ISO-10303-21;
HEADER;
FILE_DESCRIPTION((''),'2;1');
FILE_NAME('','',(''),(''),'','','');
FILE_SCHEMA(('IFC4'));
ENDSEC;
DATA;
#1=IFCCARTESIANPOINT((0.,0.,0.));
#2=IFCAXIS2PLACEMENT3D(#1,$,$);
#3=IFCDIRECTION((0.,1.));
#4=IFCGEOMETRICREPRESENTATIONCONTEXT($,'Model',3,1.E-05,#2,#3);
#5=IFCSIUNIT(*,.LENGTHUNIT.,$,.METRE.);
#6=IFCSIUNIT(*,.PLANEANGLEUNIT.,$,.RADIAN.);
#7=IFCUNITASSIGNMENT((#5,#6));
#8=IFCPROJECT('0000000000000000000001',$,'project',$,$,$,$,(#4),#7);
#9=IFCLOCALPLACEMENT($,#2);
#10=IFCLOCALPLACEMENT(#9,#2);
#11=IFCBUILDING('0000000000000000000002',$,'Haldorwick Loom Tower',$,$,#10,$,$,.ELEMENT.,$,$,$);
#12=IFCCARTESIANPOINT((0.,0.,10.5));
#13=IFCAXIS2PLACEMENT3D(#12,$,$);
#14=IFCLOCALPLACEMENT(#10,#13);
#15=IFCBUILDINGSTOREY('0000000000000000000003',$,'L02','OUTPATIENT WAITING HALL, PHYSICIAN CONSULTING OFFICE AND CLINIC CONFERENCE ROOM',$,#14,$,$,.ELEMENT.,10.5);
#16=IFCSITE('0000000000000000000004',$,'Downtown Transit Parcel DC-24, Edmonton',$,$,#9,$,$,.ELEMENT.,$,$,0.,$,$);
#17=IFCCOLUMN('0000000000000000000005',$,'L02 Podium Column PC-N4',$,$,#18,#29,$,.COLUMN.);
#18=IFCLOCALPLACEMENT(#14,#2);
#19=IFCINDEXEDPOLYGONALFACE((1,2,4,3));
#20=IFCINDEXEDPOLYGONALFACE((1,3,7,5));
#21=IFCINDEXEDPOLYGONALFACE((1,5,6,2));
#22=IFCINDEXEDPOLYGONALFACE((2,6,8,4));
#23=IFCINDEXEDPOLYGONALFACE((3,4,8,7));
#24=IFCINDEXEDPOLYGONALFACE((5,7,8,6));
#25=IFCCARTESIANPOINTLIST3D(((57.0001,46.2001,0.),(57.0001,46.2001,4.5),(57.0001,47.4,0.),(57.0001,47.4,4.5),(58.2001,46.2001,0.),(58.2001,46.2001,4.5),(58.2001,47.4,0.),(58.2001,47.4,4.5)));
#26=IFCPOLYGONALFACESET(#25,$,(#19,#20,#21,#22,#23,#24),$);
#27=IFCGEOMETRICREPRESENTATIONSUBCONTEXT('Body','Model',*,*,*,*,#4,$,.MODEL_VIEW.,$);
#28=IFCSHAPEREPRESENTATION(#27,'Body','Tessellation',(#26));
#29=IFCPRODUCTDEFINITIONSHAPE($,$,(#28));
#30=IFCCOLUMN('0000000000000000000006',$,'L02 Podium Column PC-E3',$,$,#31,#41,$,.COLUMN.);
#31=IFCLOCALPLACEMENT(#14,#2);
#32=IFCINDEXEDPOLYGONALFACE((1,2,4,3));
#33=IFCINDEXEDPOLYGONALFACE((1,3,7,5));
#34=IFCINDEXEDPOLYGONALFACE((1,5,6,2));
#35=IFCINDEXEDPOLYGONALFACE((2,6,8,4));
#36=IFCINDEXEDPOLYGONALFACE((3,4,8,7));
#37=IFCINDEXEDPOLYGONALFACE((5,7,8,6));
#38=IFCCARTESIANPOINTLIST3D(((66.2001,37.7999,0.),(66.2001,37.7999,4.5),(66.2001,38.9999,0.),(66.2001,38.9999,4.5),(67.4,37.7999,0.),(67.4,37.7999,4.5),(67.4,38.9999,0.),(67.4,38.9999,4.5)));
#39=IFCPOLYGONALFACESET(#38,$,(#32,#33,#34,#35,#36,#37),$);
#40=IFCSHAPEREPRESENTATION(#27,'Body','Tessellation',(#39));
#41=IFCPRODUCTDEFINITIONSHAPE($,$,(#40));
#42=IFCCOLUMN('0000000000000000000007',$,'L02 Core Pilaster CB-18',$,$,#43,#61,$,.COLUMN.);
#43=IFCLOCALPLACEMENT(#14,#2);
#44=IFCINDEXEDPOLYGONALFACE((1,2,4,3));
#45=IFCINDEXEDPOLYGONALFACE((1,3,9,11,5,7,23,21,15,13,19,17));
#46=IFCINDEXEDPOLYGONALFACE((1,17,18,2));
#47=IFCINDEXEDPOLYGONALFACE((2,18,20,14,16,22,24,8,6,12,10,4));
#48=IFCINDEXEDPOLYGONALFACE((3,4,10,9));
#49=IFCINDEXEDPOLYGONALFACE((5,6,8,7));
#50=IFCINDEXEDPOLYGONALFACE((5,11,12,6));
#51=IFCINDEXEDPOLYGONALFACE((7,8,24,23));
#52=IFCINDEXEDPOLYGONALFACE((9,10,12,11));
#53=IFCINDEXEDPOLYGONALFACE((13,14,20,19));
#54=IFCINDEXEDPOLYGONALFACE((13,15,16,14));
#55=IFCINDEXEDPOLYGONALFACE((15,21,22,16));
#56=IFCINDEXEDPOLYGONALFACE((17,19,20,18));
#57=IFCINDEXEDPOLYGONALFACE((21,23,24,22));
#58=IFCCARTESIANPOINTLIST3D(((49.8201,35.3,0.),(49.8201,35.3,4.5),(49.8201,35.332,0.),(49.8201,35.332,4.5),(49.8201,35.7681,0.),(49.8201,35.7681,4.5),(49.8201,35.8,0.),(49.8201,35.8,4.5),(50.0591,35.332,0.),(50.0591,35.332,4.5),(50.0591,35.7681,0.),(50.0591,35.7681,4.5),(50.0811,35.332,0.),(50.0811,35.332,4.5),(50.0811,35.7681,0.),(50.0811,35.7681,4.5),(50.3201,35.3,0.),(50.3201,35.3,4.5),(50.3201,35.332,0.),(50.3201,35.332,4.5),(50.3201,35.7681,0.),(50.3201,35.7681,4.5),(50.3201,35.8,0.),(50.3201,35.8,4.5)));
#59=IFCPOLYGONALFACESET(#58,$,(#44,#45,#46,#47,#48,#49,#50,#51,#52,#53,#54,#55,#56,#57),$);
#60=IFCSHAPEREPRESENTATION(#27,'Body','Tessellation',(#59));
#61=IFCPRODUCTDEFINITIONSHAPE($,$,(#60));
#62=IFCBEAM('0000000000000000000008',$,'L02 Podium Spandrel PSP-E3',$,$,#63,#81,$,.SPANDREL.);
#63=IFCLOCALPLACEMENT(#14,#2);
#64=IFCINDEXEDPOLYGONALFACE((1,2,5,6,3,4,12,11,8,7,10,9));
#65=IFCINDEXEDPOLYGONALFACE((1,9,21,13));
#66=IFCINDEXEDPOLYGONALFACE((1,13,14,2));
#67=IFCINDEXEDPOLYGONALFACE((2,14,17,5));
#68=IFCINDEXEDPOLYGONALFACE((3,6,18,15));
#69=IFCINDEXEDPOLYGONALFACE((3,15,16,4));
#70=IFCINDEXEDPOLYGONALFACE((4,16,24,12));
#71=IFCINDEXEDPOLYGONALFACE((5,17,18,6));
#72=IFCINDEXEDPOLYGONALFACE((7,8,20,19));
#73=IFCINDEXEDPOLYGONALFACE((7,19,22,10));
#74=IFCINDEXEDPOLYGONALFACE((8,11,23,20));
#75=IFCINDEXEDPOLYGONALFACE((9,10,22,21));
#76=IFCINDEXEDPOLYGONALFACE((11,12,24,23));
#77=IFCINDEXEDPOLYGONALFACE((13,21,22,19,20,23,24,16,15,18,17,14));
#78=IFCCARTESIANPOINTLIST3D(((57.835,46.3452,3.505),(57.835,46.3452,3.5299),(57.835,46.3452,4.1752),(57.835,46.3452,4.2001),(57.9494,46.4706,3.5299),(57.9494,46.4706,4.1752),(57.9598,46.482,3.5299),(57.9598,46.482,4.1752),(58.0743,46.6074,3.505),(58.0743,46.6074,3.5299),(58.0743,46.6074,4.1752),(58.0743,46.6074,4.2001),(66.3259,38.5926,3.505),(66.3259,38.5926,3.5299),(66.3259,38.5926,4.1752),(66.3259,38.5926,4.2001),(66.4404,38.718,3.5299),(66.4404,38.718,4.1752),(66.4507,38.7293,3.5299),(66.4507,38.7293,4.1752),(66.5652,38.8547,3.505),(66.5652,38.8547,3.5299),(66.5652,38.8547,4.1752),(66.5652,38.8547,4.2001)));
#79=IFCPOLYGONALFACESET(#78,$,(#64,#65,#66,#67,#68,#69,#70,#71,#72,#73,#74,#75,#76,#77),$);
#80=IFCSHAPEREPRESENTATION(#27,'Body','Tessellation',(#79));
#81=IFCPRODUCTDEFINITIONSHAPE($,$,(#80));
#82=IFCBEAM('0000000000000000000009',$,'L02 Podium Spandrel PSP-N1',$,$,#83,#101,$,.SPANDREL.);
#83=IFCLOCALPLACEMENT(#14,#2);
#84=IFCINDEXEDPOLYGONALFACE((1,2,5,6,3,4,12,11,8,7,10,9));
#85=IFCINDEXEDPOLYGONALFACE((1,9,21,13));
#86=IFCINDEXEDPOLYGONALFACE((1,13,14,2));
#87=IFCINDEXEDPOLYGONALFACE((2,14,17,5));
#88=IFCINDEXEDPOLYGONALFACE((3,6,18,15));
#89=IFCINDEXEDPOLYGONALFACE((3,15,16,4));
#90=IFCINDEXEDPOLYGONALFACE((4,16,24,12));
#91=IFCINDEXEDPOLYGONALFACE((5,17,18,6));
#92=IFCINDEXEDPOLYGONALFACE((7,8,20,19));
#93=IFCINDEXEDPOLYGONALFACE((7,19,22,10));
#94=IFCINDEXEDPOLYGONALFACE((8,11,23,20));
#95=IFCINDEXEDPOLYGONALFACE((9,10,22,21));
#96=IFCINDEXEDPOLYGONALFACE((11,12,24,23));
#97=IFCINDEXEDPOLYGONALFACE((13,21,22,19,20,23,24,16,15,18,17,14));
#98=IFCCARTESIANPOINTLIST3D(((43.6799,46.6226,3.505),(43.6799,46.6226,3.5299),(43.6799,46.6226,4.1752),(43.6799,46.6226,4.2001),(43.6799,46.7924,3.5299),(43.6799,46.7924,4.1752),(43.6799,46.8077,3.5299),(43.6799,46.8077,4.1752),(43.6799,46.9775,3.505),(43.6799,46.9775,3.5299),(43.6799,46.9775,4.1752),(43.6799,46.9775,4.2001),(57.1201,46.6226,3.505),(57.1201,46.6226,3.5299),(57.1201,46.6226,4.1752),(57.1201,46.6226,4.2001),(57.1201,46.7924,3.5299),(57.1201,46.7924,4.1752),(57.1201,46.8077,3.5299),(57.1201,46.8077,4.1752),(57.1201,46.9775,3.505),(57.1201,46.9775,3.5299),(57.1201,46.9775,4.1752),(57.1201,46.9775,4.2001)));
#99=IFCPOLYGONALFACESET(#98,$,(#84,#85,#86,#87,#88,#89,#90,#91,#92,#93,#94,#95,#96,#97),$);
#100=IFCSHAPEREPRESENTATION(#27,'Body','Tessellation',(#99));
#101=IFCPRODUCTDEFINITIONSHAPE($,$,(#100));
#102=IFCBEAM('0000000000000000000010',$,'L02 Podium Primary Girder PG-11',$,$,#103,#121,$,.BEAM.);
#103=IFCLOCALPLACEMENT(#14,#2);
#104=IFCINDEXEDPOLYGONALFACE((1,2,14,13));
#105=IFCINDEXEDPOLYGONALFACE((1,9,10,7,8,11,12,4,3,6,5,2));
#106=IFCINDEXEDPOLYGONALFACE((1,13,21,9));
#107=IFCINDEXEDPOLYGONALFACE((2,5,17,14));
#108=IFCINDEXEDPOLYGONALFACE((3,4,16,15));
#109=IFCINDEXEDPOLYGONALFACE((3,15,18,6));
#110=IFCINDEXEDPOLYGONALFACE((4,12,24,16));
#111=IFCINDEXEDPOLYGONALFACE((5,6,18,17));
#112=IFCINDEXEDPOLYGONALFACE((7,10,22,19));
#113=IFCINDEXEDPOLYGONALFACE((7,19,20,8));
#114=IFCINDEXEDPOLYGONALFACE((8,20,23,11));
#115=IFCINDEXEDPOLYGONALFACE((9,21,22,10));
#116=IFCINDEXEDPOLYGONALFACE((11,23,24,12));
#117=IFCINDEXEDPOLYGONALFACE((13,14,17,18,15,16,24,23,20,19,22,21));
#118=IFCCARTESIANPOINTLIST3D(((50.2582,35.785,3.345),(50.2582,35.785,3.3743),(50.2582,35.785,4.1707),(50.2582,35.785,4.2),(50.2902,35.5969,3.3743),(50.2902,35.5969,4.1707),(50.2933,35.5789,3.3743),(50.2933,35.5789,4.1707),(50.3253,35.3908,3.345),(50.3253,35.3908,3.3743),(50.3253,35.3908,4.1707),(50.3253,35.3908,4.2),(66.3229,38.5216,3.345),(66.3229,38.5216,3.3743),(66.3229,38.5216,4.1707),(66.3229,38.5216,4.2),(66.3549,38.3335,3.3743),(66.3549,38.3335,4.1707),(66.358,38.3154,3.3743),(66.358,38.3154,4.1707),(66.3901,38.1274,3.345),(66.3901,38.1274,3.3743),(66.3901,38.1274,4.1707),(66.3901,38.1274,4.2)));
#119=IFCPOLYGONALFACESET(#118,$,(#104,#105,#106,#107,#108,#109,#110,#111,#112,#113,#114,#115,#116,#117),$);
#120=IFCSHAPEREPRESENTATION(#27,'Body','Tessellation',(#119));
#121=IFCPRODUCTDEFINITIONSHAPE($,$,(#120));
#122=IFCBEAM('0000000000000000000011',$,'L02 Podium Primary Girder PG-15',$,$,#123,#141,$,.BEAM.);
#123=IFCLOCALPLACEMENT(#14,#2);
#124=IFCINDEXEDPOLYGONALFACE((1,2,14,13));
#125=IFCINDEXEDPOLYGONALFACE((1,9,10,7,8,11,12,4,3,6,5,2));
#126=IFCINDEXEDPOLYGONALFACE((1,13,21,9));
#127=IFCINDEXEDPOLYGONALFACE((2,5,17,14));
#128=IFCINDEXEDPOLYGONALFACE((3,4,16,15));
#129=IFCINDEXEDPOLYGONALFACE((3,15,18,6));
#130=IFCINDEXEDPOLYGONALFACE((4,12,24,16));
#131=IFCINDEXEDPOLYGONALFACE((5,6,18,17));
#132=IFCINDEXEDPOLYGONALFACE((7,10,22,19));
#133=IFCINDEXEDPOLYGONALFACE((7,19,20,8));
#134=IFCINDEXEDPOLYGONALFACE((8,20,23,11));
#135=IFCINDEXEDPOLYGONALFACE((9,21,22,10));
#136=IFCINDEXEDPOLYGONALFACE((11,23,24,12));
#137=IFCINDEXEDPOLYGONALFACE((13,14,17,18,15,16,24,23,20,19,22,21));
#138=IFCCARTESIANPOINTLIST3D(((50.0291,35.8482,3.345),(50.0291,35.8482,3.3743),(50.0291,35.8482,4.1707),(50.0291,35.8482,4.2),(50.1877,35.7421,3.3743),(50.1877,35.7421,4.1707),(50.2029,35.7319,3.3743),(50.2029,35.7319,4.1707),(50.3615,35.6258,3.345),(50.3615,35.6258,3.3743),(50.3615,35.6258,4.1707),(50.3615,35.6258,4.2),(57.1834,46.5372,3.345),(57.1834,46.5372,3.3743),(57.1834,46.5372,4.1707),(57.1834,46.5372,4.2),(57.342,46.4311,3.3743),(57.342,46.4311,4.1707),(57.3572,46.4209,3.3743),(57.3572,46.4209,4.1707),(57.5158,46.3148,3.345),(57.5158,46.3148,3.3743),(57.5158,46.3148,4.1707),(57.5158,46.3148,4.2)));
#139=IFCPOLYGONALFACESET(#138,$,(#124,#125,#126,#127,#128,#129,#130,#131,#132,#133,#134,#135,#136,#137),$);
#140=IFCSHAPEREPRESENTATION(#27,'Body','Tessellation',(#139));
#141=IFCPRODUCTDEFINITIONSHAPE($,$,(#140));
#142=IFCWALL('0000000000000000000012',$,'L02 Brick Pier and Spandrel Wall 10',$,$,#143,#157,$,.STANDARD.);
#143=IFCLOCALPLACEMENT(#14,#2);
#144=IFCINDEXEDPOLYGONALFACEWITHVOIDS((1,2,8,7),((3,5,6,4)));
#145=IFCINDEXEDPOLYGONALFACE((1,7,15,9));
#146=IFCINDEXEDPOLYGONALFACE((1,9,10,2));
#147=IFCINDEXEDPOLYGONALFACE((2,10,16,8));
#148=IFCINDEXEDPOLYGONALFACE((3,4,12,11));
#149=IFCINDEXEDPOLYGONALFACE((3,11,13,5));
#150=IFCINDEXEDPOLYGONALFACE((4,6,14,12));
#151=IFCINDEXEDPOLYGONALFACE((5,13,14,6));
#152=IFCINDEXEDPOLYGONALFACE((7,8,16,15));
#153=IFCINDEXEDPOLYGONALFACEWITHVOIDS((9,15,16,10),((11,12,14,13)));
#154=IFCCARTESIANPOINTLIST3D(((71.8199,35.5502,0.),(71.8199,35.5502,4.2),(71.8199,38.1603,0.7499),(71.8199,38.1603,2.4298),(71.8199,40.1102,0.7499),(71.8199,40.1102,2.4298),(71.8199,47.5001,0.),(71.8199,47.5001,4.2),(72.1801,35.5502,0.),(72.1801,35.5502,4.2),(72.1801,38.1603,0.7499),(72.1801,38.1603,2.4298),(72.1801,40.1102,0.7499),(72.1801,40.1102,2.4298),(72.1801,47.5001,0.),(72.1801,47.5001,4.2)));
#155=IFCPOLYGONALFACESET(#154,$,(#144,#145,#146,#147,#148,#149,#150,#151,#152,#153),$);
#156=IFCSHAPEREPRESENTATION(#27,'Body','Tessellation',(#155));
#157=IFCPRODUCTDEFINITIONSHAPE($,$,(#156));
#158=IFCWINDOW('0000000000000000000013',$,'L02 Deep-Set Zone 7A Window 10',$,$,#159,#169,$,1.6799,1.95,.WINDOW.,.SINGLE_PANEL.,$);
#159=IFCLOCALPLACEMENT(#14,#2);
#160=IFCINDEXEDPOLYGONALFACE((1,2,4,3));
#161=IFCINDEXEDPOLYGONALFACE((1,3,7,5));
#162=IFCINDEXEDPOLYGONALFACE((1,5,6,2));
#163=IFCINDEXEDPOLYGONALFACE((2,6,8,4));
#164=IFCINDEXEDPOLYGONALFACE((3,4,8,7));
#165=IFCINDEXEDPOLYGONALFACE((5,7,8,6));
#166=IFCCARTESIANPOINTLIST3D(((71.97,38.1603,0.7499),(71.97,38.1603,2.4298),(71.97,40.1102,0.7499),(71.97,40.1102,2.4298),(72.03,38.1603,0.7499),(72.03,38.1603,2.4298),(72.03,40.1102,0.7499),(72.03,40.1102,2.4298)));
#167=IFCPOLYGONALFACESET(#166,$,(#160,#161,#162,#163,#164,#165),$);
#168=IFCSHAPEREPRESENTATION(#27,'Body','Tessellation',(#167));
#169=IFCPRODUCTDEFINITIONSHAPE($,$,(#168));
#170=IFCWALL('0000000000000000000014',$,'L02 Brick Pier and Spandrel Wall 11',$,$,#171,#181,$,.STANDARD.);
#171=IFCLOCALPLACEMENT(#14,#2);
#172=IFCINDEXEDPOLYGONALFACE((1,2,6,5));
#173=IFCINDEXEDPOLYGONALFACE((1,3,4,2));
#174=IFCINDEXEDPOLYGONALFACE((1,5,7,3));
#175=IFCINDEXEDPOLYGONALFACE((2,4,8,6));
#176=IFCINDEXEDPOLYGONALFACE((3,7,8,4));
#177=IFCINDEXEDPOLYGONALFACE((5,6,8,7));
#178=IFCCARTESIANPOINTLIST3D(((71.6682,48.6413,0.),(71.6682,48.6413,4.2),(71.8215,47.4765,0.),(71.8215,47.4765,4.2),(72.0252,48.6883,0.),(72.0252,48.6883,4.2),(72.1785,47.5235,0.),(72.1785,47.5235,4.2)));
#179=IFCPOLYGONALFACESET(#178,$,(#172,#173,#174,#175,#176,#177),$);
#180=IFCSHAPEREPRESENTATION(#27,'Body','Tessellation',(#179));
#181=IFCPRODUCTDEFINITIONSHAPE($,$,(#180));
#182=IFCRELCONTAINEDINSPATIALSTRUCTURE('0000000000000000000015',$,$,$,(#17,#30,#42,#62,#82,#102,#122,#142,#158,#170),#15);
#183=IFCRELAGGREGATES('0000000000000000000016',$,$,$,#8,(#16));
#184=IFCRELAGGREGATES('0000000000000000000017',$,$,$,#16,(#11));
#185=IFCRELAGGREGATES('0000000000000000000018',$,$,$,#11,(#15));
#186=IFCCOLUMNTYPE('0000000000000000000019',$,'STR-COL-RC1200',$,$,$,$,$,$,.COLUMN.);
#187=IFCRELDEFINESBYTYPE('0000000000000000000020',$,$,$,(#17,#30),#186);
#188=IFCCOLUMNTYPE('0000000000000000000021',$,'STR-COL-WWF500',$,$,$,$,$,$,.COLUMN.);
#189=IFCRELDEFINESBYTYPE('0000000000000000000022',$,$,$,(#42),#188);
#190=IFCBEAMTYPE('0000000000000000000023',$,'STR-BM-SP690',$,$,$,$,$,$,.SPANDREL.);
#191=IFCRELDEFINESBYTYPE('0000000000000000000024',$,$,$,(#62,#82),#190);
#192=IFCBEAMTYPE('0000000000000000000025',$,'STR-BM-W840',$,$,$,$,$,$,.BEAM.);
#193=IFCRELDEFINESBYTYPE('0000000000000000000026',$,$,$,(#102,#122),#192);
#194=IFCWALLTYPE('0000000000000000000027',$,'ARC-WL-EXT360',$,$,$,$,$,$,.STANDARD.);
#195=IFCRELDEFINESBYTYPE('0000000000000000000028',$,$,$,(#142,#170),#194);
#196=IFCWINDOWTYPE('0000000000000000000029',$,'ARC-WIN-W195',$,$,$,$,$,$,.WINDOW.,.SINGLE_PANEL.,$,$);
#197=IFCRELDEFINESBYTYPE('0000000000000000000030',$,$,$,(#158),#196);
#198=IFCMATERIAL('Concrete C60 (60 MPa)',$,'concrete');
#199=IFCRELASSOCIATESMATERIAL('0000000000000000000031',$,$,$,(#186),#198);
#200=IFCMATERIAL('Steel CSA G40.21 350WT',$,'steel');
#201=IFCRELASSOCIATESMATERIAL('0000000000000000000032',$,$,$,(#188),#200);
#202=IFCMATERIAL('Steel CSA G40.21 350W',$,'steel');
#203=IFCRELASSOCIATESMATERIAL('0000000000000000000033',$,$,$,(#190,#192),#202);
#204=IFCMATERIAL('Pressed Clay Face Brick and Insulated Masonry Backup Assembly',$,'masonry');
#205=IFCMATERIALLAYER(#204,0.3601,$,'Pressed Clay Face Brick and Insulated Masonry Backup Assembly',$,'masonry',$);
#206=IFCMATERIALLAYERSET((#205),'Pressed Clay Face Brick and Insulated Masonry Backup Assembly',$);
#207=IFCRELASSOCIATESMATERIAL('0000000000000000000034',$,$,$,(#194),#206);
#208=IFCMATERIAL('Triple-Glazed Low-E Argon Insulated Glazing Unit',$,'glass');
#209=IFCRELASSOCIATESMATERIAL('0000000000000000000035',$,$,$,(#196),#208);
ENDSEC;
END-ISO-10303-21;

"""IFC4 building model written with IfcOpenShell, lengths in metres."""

from ifc_helpers import new_model, si_unit, direction, frame, frame_2d, origin, origin_2d, place, context, subcontext, project, spatial, rectangle, i_section, extrude, material, layer, layer_set, material_profile, profile_set, type_object, element, fill, save


model = new_model("IFC4")

# Units and contexts
model_context = context("Model", 3, precision=1e-05, world=origin(), true_north=direction((0.0, 1.0)))
body_context = subcontext(model_context, "Body", "Model", "MODEL_VIEW")
ifc_project = project(units=[si_unit("LENGTHUNIT", "METRE"), si_unit("PLANEANGLEUNIT", "RADIAN")], contexts=[model_context])

# Site, building, storey
site_placement = place(None, origin())
site = spatial("IfcSite", under=ifc_project, at=site_placement, Name="Downtown Transit Parcel DC-24, Edmonton", CompositionType="ELEMENT", RefElevation=0.0)
building_placement = place(site_placement, origin())
building = spatial("IfcBuilding", under=site, at=building_placement, Name="Haldorwick Loom Tower", CompositionType="ELEMENT")
storey_placement = place(building_placement, frame((0.0, 0.0, 10.5)))
storey = spatial("IfcBuildingStorey", under=building, at=storey_placement, Name="L02", Description="OUTPATIENT WAITING HALL, PHYSICIAN CONSULTING OFFICE AND CLINIC CONFERENCE ROOM", CompositionType="ELEMENT", Elevation=10.5)

# Columns
ifc_material_1 = material(Name="Concrete C60 (60 MPa)", Category="concrete")
ifc_material_profile_1 = material_profile(ifc_material_1, rectangle(XDim=1.2, YDim=1.2, at=origin_2d()), Name="RC1200X1200", Category="concrete")
ifc_profile_set_1 = profile_set([ifc_material_profile_1], Name="Concrete C60 (60 MPa)")
column_type_1 = type_object("IfcColumnType", Name="STR-COL-RC1200", PredefinedType="COLUMN", material=ifc_profile_set_1)
for number, where, z_axis, x_axis, name in (
    (1, (57.6001, 46.8, 0.0), (0.0, 0.0, 1.0), (1.0, 0.0, 0.0), "L02 Podium Column PC-N4"),
    (2, (66.8, 38.3999, 0.0), (0.0, 0.0, 1.0), (1.0, 0.0, 0.0), "L02 Podium Column PC-E3"),
):
    element("IfcColumn", number, at=place(storey_placement, frame(where, z_axis=z_axis, x_axis=x_axis)), inside=storey, type_object=column_type_1, Name=name, PredefinedType="COLUMN", context=body_context, shape_type="SweptSolid", body=[
        extrude(rectangle(XDim=1.2, YDim=1.2, at=origin_2d()), origin(), (0.0, 0.0, 1.0), 4.5),
    ])
ifc_material_2 = material(Name="Steel CSA G40.21 350WT", Category="steel")
ifc_material_profile_2 = material_profile(ifc_material_2, i_section(OverallWidth=0.5, OverallDepth=0.5, WebThickness=0.022, FlangeThickness=0.032, at=origin_2d()), Name="WWF500X500", Category="steel")
ifc_profile_set_2 = profile_set([ifc_material_profile_2], Name="Steel CSA G40.21 350WT")
column_type_2 = type_object("IfcColumnType", Name="STR-COL-WWF500", PredefinedType="COLUMN", material=ifc_profile_set_2)
column_placement = place(storey_placement, frame((50.0701, 35.55, 0.0), z_axis=(0.0, 0.0, 1.0), x_axis=(1.0, 0.0, 0.0)))
element("IfcColumn", 3, at=column_placement, inside=storey, type_object=column_type_2, Name="L02 Core Pilaster CB-18", PredefinedType="COLUMN", context=body_context, shape_type="SweptSolid", body=[
    extrude(i_section(OverallWidth=0.5, OverallDepth=0.5, WebThickness=0.022, FlangeThickness=0.032, at=origin_2d()), origin(), (0.0, 0.0, 1.0), 4.5),
])

# Beams
ifc_material_3 = material(Name="Steel CSA G40.21 350W", Category="steel")
ifc_material_profile_3 = material_profile(ifc_material_3, i_section(OverallWidth=0.355, OverallDepth=0.6951, WebThickness=0.0154, FlangeThickness=0.0249, at=origin_2d()), Name="W690X217", Category="steel")
ifc_profile_set_3 = profile_set([ifc_material_profile_3], Name="Steel CSA G40.21 350W")
beam_type_1 = type_object("IfcBeamType", Name="STR-BM-SP690", PredefinedType="SPANDREL", material=ifc_profile_set_3)
beam_1_placement = place(storey_placement, frame((66.4456, 38.7236, 3.8525), z_axis=(-0.738483, 0.674272, 0.0), x_axis=(-0.674272, -0.738483, 0.0)))
element("IfcBeam", 4, at=beam_1_placement, inside=storey, type_object=beam_type_1, Name="L02 Podium Spandrel PSP-E3", PredefinedType="SPANDREL", context=body_context, shape_type="SweptSolid", body=[
    extrude(i_section(OverallWidth=0.355, OverallDepth=0.6951, WebThickness=0.0154, FlangeThickness=0.0249, at=origin_2d()), origin(), (0.0, 0.0, 1.0), 11.4978),
])
beam_2_placement = place(storey_placement, frame((57.1201, 46.8, 3.8525), z_axis=(-1.0, 0.0, 0.0), x_axis=(0.0, -1.0, 0.0)))
element("IfcBeam", 5, at=beam_2_placement, inside=storey, type_object=beam_type_1, Name="L02 Podium Spandrel PSP-N1", PredefinedType="SPANDREL", context=body_context, shape_type="SweptSolid", body=[
    extrude(i_section(OverallWidth=0.355, OverallDepth=0.6951, WebThickness=0.0154, FlangeThickness=0.0249, at=origin_2d()), origin(), (0.0, 0.0, 1.0), 13.4402),
])
ifc_material_profile_4 = material_profile(ifc_material_3, i_section(OverallWidth=0.3999, OverallDepth=0.855, WebThickness=0.0183, FlangeThickness=0.0293, at=origin_2d()), Name="W840X299", Category="steel")
ifc_profile_set_4 = profile_set([ifc_material_profile_4], Name="Steel CSA G40.21 350W")
beam_type_2 = type_object("IfcBeamType", Name="STR-BM-W840", PredefinedType="BEAM", material=ifc_profile_set_4)
beam_3_placement = place(storey_placement, frame((50.2917, 35.5879, 3.7725), z_axis=(0.985799, 0.167928, 0.0), x_axis=(-0.167928, 0.985799, 0.0)))
element("IfcBeam", 6, at=beam_3_placement, inside=storey, type_object=beam_type_2, Name="L02 Podium Primary Girder PG-11", PredefinedType="BEAM", context=body_context, shape_type="SweptSolid", body=[
    extrude(i_section(OverallWidth=0.3999, OverallDepth=0.855, WebThickness=0.0183, FlangeThickness=0.0293, at=origin_2d()), origin(), (0.0, 0.0, 1.0), 16.2961),
])
beam_4_placement = place(storey_placement, frame((57.3496, 46.426, 3.7725), z_axis=(-0.556224, -0.831033, 0.0), x_axis=(0.831033, -0.556224, 0.0)))
element("IfcBeam", 7, at=beam_4_placement, inside=storey, type_object=beam_type_2, Name="L02 Podium Primary Girder PG-15", PredefinedType="BEAM", context=body_context, shape_type="SweptSolid", body=[
    extrude(i_section(OverallWidth=0.3999, OverallDepth=0.855, WebThickness=0.0183, FlangeThickness=0.0293, at=origin_2d()), origin(), (0.0, 0.0, 1.0), 12.8623),
])

# Wall, opening, window
ifc_material_4 = material(Name="Pressed Clay Face Brick and Insulated Masonry Backup Assembly", Category="masonry")
ifc_layer_1 = layer(ifc_material_4, 0.3601, Name="Pressed Clay Face Brick and Insulated Masonry Backup Assembly", Category="masonry")
ifc_layer_set_1 = layer_set([ifc_layer_1], Name="Pressed Clay Face Brick and Insulated Masonry Backup Assembly")
wall_type_1 = type_object("IfcWallType", Name="ARC-WL-EXT360", PredefinedType="STANDARD", material=ifc_layer_set_1)
wall_1_placement = place(storey_placement, frame((72.0, 35.55, 0.0), z_axis=(0.0, 0.0, 1.0), x_axis=(0.0, 1.0, 0.0)))
wall_1 = element("IfcWall", 8, at=wall_1_placement, inside=storey, type_object=wall_type_1, Name="L02 Brick Pier and Spandrel Wall 10", PredefinedType="STANDARD", context=body_context, shape_type="SweptSolid", body=[
    extrude(rectangle(XDim=11.95, YDim=0.3601, at=frame_2d((5.9751, 0.0))), origin(), (0.0, 0.0, 1.0), 4.2),
])
opening_1_placement = place(wall_1_placement, frame((2.6101, 0.0, 0.75)))
opening_1 = element("IfcOpeningElement", 9, at=opening_1_placement, cuts=wall_1, PredefinedType="OPENING", context=body_context, shape_type="SweptSolid", body=[
    extrude(rectangle(XDim=1.95, YDim=1.6799, at=frame_2d((0.9751, 0.8398))), frame((0.0, 0.1899, 0.0), z_axis=(0.0, -1.0, 0.0), x_axis=(1.0, 0.0, 0.0)), (0.0, 0.0, 1.0), 0.3801),
])
ifc_material_5 = material(Name="Triple-Glazed Low-E Argon Insulated Glazing Unit", Category="glass")
window_type = type_object("IfcWindowType", Name="ARC-WIN-W195", PartitioningType="SINGLE_PANEL", PredefinedType="WINDOW", material=ifc_material_5)
window_1_placement = place(opening_1_placement, origin())
window_1 = element("IfcWindow", 10, at=window_1_placement, inside=storey, type_object=window_type, Name="L02 Deep-Set Zone 7A Window 10", OverallHeight=1.6799, OverallWidth=1.95, PartitioningType="SINGLE_PANEL", PredefinedType="WINDOW", context=body_context, shape_type="SweptSolid", body=[
    extrude(rectangle(XDim=1.95, YDim=1.6799, at=frame_2d((0.9751, 0.8398))), frame((0.0, 0.03, 0.0), z_axis=(0.0, -1.0, 0.0), x_axis=(1.0, 0.0, 0.0)), (0.0, 0.0, 1.0), 0.0601),
])
fill(opening_1, window_1)

# Wall
wall_2_placement = place(storey_placement, frame((72.0, 47.5, 0.0), z_axis=(0.0, 0.0, 1.0), x_axis=(-0.130503, 0.991448, 0.0)))
element("IfcWall", 11, at=wall_2_placement, inside=storey, type_object=wall_type_1, Name="L02 Brick Pier and Spandrel Wall 11", PredefinedType="STANDARD", context=body_context, shape_type="SweptSolid", body=[
    extrude(rectangle(XDim=1.1748, YDim=0.3601, at=frame_2d((0.5874, 0.0))), origin(), (0.0, 0.0, 1.0), 4.2),
])

save(model, "model.ifc")
